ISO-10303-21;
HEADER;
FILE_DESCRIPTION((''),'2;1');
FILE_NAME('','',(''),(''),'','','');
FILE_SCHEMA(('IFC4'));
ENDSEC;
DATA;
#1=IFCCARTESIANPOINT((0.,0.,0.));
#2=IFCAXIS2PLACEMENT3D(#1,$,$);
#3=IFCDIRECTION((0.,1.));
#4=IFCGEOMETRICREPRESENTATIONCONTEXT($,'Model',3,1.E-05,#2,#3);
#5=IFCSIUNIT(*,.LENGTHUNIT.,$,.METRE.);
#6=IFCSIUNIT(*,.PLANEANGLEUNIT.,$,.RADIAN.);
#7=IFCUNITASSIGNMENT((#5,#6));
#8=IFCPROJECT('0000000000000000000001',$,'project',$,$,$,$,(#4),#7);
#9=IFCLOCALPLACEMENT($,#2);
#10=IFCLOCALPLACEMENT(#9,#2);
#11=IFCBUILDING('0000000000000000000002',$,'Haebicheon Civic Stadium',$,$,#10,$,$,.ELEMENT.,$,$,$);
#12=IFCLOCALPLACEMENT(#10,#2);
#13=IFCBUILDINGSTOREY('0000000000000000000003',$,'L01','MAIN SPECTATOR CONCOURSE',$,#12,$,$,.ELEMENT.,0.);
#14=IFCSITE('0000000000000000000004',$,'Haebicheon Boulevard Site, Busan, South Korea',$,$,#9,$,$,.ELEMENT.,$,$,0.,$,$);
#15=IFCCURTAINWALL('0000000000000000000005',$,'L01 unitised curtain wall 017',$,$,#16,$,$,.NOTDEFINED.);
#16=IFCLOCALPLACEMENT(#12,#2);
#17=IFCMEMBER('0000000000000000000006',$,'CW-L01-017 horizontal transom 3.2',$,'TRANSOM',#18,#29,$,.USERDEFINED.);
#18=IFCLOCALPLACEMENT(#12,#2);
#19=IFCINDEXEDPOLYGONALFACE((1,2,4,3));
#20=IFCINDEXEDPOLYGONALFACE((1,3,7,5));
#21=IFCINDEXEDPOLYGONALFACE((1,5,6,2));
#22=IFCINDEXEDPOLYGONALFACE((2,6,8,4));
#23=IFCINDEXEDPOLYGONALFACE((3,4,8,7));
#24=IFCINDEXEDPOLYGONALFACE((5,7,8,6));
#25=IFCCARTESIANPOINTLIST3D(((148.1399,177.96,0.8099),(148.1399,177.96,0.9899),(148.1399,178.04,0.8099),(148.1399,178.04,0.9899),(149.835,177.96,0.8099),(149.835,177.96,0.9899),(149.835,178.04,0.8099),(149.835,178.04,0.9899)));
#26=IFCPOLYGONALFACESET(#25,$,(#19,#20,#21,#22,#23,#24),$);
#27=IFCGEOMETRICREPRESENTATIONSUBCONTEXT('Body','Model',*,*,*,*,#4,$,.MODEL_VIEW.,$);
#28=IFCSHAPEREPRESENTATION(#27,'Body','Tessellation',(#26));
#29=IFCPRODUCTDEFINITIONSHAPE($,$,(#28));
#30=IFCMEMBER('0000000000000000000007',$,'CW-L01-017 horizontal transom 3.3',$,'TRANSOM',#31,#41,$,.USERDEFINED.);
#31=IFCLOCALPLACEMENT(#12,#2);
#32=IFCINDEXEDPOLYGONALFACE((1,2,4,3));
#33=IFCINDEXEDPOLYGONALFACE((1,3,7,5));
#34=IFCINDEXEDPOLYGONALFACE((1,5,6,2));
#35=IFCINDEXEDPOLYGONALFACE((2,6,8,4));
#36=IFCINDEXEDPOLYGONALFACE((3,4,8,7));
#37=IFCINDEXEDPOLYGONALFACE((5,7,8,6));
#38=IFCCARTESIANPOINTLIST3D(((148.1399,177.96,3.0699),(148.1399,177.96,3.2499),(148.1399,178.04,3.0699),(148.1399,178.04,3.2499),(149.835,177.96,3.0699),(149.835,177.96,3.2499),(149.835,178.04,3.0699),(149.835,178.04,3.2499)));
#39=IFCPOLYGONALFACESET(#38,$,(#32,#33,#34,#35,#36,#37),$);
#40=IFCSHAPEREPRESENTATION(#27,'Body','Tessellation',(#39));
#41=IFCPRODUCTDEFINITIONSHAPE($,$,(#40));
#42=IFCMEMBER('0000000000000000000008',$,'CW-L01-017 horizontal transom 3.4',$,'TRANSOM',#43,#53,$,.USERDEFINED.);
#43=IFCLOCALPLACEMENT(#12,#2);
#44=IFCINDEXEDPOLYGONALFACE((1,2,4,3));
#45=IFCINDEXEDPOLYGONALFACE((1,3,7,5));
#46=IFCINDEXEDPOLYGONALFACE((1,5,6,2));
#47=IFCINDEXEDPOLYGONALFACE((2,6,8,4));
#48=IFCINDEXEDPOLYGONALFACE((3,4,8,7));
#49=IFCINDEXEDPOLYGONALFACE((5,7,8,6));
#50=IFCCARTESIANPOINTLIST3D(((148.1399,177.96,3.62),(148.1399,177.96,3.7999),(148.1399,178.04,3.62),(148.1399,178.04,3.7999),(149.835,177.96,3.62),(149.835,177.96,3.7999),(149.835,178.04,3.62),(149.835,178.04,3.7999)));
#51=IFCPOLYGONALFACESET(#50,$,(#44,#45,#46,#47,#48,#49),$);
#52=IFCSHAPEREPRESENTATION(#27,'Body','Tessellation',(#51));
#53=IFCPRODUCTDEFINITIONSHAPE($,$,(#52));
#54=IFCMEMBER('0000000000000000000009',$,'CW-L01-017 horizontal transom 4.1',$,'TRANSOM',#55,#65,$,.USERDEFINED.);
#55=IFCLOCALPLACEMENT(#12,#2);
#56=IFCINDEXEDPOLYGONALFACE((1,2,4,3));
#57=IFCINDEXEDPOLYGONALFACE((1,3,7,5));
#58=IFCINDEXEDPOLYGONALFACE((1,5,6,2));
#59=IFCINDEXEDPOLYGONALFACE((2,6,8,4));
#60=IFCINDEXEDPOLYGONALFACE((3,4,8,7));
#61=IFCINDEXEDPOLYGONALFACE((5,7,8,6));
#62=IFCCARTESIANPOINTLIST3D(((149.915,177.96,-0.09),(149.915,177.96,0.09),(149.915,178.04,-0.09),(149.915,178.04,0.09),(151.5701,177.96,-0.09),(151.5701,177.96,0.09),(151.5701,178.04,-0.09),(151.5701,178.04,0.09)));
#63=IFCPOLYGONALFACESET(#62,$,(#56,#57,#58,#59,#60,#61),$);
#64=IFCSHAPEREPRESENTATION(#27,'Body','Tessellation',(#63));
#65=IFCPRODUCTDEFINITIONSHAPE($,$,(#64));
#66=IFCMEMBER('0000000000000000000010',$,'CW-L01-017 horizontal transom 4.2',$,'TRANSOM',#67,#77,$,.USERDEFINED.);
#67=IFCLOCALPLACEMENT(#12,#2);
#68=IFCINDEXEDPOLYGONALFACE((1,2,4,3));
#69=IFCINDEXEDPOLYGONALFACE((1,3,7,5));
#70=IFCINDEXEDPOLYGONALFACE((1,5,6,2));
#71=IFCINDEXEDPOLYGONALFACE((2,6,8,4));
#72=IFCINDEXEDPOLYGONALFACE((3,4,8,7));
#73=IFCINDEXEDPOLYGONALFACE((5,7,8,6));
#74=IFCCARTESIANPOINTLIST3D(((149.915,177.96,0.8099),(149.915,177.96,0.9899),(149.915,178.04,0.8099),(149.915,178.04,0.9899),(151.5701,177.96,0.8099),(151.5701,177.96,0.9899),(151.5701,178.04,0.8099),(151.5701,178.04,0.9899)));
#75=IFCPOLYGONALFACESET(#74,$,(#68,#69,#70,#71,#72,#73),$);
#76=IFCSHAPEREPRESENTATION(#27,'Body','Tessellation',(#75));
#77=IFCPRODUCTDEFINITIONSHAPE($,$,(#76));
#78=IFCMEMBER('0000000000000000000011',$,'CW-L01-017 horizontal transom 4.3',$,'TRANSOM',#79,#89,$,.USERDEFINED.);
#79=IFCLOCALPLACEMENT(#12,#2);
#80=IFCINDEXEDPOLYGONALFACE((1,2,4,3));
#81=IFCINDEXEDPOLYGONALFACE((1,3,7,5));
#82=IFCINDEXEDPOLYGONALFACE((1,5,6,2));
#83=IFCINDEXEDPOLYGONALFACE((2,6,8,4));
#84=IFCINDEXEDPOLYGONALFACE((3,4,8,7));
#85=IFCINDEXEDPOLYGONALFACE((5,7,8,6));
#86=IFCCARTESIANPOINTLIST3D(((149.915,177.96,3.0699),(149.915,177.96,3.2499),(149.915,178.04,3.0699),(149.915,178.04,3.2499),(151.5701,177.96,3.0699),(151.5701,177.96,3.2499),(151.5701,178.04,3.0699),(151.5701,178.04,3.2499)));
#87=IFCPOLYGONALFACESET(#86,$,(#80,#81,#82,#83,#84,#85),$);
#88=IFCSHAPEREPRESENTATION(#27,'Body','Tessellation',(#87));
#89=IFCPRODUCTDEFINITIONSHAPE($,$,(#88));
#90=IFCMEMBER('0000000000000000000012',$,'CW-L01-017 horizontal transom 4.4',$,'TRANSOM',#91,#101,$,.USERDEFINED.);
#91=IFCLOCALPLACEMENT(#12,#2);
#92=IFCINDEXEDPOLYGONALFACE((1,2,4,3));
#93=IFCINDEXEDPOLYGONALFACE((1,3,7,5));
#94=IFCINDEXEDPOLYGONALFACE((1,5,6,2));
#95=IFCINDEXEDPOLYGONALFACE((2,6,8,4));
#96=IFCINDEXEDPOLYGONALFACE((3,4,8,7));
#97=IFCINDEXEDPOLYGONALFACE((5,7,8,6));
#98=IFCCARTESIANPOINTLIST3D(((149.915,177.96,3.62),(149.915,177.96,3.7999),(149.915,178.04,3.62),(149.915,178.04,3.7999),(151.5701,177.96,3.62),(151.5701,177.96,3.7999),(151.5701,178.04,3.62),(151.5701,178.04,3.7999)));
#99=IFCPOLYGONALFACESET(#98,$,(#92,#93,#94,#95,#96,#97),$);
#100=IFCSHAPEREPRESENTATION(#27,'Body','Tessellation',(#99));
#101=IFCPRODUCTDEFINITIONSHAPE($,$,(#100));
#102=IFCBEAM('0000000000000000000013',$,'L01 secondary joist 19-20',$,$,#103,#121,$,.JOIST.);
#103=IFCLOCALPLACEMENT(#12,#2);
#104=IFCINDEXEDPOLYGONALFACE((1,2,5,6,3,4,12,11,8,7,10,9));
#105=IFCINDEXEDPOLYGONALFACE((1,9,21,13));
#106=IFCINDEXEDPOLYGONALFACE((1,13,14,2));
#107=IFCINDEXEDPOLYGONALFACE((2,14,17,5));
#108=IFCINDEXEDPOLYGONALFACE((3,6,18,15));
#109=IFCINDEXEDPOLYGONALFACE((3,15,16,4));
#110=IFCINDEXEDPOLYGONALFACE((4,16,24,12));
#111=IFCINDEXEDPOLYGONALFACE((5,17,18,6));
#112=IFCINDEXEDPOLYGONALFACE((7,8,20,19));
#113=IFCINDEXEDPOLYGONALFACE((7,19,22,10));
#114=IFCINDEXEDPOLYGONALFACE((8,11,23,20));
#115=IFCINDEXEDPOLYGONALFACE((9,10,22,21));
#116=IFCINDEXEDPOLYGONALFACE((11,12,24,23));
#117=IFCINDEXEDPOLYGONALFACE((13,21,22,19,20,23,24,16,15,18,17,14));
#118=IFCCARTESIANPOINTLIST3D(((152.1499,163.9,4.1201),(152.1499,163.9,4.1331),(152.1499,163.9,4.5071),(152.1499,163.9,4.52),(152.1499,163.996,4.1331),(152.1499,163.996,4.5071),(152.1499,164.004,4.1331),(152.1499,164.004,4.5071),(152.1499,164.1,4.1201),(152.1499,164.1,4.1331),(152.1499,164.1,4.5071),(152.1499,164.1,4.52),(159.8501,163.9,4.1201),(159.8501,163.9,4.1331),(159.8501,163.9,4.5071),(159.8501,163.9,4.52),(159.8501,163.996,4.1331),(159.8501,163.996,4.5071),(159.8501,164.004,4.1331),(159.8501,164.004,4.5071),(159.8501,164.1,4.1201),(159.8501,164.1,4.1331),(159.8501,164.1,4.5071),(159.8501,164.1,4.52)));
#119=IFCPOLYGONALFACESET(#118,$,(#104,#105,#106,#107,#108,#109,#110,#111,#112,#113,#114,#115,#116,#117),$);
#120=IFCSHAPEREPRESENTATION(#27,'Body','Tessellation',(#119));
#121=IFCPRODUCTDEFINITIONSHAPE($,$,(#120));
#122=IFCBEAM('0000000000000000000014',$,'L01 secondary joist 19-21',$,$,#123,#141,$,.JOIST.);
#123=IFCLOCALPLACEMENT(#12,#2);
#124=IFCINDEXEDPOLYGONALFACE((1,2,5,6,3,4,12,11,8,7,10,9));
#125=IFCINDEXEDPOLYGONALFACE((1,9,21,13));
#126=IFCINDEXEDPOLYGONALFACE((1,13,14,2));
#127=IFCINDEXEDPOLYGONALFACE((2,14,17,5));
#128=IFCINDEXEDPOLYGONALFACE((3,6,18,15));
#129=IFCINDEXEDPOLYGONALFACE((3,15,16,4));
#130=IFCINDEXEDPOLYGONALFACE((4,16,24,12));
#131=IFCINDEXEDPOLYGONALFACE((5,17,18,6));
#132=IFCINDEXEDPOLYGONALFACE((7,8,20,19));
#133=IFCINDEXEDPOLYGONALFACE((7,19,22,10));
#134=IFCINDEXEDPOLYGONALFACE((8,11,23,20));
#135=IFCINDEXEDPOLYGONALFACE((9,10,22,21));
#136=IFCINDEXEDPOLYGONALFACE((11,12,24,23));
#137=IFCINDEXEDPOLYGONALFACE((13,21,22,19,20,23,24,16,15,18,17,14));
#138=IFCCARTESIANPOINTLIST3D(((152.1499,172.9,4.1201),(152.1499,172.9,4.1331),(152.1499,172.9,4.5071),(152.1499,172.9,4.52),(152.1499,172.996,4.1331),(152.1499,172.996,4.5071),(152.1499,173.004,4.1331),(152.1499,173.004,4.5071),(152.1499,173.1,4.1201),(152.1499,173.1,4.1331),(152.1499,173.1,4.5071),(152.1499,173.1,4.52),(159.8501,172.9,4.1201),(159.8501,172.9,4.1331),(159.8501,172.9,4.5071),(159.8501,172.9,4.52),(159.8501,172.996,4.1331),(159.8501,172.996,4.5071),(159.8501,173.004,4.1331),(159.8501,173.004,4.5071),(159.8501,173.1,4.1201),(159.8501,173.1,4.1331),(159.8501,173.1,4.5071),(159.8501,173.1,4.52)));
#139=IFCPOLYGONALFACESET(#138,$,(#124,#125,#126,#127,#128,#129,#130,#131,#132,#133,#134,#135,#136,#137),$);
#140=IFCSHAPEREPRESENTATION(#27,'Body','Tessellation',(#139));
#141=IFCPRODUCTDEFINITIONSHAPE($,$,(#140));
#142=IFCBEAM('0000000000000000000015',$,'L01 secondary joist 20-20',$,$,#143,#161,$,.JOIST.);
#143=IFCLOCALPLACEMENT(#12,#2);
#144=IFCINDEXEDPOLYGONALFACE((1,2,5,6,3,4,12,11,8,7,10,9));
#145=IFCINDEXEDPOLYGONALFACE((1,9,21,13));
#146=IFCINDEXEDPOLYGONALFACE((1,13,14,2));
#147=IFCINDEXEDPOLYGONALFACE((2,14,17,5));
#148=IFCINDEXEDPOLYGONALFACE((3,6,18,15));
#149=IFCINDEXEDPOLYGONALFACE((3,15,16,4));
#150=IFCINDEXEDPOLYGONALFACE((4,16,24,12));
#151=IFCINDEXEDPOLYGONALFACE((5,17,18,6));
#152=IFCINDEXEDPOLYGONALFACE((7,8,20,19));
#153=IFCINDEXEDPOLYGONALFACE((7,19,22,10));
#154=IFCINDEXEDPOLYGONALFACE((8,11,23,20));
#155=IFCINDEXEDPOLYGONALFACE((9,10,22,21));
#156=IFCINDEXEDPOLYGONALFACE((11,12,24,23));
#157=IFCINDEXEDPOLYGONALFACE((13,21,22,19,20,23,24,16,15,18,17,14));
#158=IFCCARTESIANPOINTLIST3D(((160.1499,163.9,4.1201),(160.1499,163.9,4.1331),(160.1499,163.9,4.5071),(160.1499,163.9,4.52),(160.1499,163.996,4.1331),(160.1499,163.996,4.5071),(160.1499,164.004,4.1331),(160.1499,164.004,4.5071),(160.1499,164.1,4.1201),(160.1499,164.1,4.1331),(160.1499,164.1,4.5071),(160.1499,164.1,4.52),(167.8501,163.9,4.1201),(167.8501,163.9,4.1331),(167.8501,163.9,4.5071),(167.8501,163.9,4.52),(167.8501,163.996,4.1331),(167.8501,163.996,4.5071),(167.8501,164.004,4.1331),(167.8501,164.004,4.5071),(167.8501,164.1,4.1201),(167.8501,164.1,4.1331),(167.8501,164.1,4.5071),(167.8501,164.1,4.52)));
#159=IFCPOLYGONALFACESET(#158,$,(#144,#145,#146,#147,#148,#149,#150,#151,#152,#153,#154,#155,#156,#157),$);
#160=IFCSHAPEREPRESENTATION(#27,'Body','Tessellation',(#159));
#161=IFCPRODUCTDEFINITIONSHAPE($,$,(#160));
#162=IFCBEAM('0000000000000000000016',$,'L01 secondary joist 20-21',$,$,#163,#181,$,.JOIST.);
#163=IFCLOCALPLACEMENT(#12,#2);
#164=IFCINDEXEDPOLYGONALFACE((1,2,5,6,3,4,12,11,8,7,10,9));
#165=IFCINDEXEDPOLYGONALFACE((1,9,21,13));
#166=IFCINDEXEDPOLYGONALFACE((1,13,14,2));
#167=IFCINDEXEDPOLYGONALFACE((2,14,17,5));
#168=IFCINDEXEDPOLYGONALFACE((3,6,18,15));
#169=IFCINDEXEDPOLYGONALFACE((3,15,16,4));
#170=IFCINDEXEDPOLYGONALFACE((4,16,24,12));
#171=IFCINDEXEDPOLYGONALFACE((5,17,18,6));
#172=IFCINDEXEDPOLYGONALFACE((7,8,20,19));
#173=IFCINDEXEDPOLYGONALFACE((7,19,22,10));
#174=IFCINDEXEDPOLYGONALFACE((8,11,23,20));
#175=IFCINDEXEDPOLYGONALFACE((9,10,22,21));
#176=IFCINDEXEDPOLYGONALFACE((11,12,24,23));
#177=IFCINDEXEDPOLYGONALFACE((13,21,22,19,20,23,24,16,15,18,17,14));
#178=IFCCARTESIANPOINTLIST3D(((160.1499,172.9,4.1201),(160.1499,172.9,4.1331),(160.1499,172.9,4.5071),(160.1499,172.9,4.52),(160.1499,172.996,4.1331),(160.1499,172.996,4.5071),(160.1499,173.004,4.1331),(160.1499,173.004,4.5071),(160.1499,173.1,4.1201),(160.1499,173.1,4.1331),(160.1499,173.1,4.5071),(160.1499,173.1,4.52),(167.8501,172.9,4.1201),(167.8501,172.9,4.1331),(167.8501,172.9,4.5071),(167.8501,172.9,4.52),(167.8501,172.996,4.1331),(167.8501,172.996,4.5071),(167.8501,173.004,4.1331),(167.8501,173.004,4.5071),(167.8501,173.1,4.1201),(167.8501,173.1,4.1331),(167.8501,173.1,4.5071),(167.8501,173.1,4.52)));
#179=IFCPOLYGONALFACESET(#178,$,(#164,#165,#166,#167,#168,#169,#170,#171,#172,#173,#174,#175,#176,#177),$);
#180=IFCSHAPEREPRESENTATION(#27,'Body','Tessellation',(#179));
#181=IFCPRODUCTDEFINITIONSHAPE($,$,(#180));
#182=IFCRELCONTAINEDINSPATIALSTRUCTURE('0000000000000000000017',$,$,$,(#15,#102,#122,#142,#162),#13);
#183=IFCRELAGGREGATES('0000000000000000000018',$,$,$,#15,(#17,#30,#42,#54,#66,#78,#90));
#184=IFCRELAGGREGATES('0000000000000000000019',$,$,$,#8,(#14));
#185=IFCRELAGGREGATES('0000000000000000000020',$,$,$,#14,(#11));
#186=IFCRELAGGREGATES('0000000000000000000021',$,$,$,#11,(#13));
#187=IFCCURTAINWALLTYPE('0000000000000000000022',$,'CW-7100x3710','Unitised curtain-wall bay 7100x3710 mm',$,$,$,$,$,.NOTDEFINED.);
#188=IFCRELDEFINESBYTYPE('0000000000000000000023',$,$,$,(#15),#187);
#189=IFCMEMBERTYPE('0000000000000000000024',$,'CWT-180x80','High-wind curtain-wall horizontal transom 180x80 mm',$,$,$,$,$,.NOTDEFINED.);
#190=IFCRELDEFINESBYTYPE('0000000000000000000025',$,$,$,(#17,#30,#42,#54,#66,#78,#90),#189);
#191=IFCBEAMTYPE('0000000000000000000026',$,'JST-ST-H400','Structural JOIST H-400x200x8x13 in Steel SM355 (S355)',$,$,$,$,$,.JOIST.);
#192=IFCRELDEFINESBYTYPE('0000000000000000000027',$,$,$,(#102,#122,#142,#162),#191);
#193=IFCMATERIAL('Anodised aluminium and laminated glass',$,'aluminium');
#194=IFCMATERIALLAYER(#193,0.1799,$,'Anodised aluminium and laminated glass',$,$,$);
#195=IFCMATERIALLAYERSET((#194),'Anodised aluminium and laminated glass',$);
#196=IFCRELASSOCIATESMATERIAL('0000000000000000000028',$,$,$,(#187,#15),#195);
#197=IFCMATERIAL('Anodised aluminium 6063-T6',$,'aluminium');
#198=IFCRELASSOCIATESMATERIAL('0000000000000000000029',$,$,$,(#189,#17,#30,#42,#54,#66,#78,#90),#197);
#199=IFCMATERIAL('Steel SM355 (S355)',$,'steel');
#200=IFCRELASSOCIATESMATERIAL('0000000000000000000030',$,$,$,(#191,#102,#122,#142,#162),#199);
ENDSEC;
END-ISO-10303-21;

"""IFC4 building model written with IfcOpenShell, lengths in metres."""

from ifc_helpers import new_model, si_unit, direction, frame, origin, origin_2d, place, context, subcontext, project, spatial, rectangle, i_section, extrude, material, layer, layer_set, material_profile, profile_set, type_object, element, aggregate, save


model = new_model("IFC4")

# Units and contexts
model_context = context("Model", 3, precision=1e-05, world=origin(), true_north=direction((0.0, 1.0)))
body_context = subcontext(model_context, "Body", "Model", "MODEL_VIEW")
ifc_project = project(units=[si_unit("LENGTHUNIT", "METRE"), si_unit("PLANEANGLEUNIT", "RADIAN")], contexts=[model_context])

# Site, building, storey
site_placement = place(None, origin())
site = spatial("IfcSite", under=ifc_project, at=site_placement, Name="Haebicheon Boulevard Site, Busan, South Korea", CompositionType="ELEMENT", RefElevation=0.0)
building_placement = place(site_placement, origin())
building = spatial("IfcBuilding", under=site, at=building_placement, Name="Haebicheon Civic Stadium", CompositionType="ELEMENT")
storey_placement = place(building_placement, origin())
storey = spatial("IfcBuildingStorey", under=building, at=storey_placement, Name="L01", Description="MAIN SPECTATOR CONCOURSE", CompositionType="ELEMENT", Elevation=0.0)

# Curtain wall, members
ifc_material_1 = material(Name="Anodised aluminium and laminated glass", Category="aluminium")
ifc_layer_1 = layer(ifc_material_1, 0.1799, Name="Anodised aluminium and laminated glass")
ifc_layer_set_1 = layer_set([ifc_layer_1], Name="Anodised aluminium and laminated glass")
curtain_wall_type = type_object("IfcCurtainWallType", Name="CW-7100x3710", Description="Unitised curtain-wall bay 7100x3710 mm", PredefinedType="NOTDEFINED", material=ifc_layer_set_1)
curtain_wall_placement = place(storey_placement, origin())
curtain_wall = element("IfcCurtainWall", 1, at=curtain_wall_placement, inside=storey, type_object=curtain_wall_type, material=ifc_layer_set_1, Name="L01 unitised curtain wall 017", PredefinedType="NOTDEFINED")
ifc_material_2 = material(Name="Anodised aluminium 6063-T6", Category="aluminium")
ifc_material_profile_1 = material_profile(ifc_material_2, rectangle(XDim=0.0801, YDim=0.1799, at=origin_2d()), Name="ALU-TRAN-80x180")
ifc_profile_set_1 = profile_set([ifc_material_profile_1], Name="Anodised aluminium 6063-T6")
member_type_1 = type_object("IfcMemberType", Name="CWT-180x80", Description="High-wind curtain-wall horizontal transom 180x80 mm", PredefinedType="NOTDEFINED", material=ifc_profile_set_1)
member_1_placement = place(storey_placement, frame((148.1399, 178.0, 0.8999), z_axis=(1.0, 0.0, 0.0), x_axis=(0.0, 1.0, 0.0)))
member_1 = element("IfcMember", 2, at=member_1_placement, type_object=member_type_1, material=ifc_profile_set_1, Name="CW-L01-017 horizontal transom 3.2", ObjectType="TRANSOM", PredefinedType="USERDEFINED", context=body_context, shape_type="SweptSolid", body=[
    extrude(rectangle(XDim=0.0801, YDim=0.1799, at=origin_2d()), origin(), (0.0, 0.0, 1.0), 1.6951),
])
member_2_placement = place(storey_placement, frame((148.1399, 178.0, 3.1599), z_axis=(1.0, 0.0, 0.0), x_axis=(0.0, 1.0, 0.0)))
member_2 = element("IfcMember", 3, at=member_2_placement, type_object=member_type_1, material=ifc_profile_set_1, Name="CW-L01-017 horizontal transom 3.3", ObjectType="TRANSOM", PredefinedType="USERDEFINED", context=body_context, shape_type="SweptSolid", body=[
    extrude(rectangle(XDim=0.0801, YDim=0.1799, at=origin_2d()), origin(), (0.0, 0.0, 1.0), 1.6951),
])
member_3_placement = place(storey_placement, frame((148.1399, 178.0, 3.71), z_axis=(1.0, 0.0, 0.0), x_axis=(0.0, 1.0, 0.0)))
member_3 = element("IfcMember", 4, at=member_3_placement, type_object=member_type_1, material=ifc_profile_set_1, Name="CW-L01-017 horizontal transom 3.4", ObjectType="TRANSOM", PredefinedType="USERDEFINED", context=body_context, shape_type="SweptSolid", body=[
    extrude(rectangle(XDim=0.0801, YDim=0.1799, at=origin_2d()), origin(), (0.0, 0.0, 1.0), 1.6951),
])
member_4_placement = place(storey_placement, frame((149.915, 178.0, 0.0), z_axis=(1.0, 0.0, 0.0), x_axis=(0.0, 1.0, 0.0)))
member_4 = element("IfcMember", 5, at=member_4_placement, type_object=member_type_1, material=ifc_profile_set_1, Name="CW-L01-017 horizontal transom 4.1", ObjectType="TRANSOM", PredefinedType="USERDEFINED", context=body_context, shape_type="SweptSolid", body=[
    extrude(rectangle(XDim=0.0801, YDim=0.1799, at=origin_2d()), origin(), (0.0, 0.0, 1.0), 1.655),
])
member_5_placement = place(storey_placement, frame((149.915, 178.0, 0.8999), z_axis=(1.0, 0.0, 0.0), x_axis=(0.0, 1.0, 0.0)))
member_5 = element("IfcMember", 6, at=member_5_placement, type_object=member_type_1, material=ifc_profile_set_1, Name="CW-L01-017 horizontal transom 4.2", ObjectType="TRANSOM", PredefinedType="USERDEFINED", context=body_context, shape_type="SweptSolid", body=[
    extrude(rectangle(XDim=0.0801, YDim=0.1799, at=origin_2d()), origin(), (0.0, 0.0, 1.0), 1.655),
])
member_6_placement = place(storey_placement, frame((149.915, 178.0, 3.1599), z_axis=(1.0, 0.0, 0.0), x_axis=(0.0, 1.0, 0.0)))
member_6 = element("IfcMember", 7, at=member_6_placement, type_object=member_type_1, material=ifc_profile_set_1, Name="CW-L01-017 horizontal transom 4.3", ObjectType="TRANSOM", PredefinedType="USERDEFINED", context=body_context, shape_type="SweptSolid", body=[
    extrude(rectangle(XDim=0.0801, YDim=0.1799, at=origin_2d()), origin(), (0.0, 0.0, 1.0), 1.655),
])
member_7_placement = place(storey_placement, frame((149.915, 178.0, 3.71), z_axis=(1.0, 0.0, 0.0), x_axis=(0.0, 1.0, 0.0)))
member_7 = element("IfcMember", 8, at=member_7_placement, type_object=member_type_1, material=ifc_profile_set_1, Name="CW-L01-017 horizontal transom 4.4", ObjectType="TRANSOM", PredefinedType="USERDEFINED", context=body_context, shape_type="SweptSolid", body=[
    extrude(rectangle(XDim=0.0801, YDim=0.1799, at=origin_2d()), origin(), (0.0, 0.0, 1.0), 1.655),
])

# Beams
ifc_material_3 = material(Name="Steel SM355 (S355)", Category="steel")
ifc_material_profile_2 = material_profile(ifc_material_3, i_section(OverallWidth=0.2, OverallDepth=0.3999, WebThickness=0.0081, FlangeThickness=0.0129, at=origin_2d()), Name="H-400x200x8x13")
ifc_profile_set_2 = profile_set([ifc_material_profile_2], Name="Steel SM355 (S355)")
beam_type_1 = type_object("IfcBeamType", Name="JST-ST-H400", Description="Structural JOIST H-400x200x8x13 in Steel SM355 (S355)", PredefinedType="JOIST", material=ifc_profile_set_2)
for number, where, z_axis, x_axis, name in (
    (9, (152.1499, 164.0, 4.3201), (1.0, 0.0, 0.0), (0.0, 1.0, 0.0), "L01 secondary joist 19-20"),
    (10, (152.1499, 173.0, 4.3201), (1.0, 0.0, 0.0), (0.0, 1.0, 0.0), "L01 secondary joist 19-21"),
    (11, (160.1499, 164.0, 4.3201), (1.0, 0.0, 0.0), (0.0, 1.0, 0.0), "L01 secondary joist 20-20"),
    (12, (160.1499, 173.0, 4.3201), (1.0, 0.0, 0.0), (0.0, 1.0, 0.0), "L01 secondary joist 20-21"),
):
    element("IfcBeam", number, at=place(storey_placement, frame(where, z_axis=z_axis, x_axis=x_axis)), inside=storey, type_object=beam_type_1, material=ifc_profile_set_2, Name=name, PredefinedType="JOIST", context=body_context, shape_type="SweptSolid", body=[
        extrude(i_section(OverallWidth=0.2, OverallDepth=0.3999, WebThickness=0.0081, FlangeThickness=0.0129, at=origin_2d()), origin(), (0.0, 0.0, 1.0), 7.7002),
    ])

aggregate(curtain_wall, [member_1, member_2, member_3, member_4, member_5, member_6, member_7])

save(model, "model.ifc")
